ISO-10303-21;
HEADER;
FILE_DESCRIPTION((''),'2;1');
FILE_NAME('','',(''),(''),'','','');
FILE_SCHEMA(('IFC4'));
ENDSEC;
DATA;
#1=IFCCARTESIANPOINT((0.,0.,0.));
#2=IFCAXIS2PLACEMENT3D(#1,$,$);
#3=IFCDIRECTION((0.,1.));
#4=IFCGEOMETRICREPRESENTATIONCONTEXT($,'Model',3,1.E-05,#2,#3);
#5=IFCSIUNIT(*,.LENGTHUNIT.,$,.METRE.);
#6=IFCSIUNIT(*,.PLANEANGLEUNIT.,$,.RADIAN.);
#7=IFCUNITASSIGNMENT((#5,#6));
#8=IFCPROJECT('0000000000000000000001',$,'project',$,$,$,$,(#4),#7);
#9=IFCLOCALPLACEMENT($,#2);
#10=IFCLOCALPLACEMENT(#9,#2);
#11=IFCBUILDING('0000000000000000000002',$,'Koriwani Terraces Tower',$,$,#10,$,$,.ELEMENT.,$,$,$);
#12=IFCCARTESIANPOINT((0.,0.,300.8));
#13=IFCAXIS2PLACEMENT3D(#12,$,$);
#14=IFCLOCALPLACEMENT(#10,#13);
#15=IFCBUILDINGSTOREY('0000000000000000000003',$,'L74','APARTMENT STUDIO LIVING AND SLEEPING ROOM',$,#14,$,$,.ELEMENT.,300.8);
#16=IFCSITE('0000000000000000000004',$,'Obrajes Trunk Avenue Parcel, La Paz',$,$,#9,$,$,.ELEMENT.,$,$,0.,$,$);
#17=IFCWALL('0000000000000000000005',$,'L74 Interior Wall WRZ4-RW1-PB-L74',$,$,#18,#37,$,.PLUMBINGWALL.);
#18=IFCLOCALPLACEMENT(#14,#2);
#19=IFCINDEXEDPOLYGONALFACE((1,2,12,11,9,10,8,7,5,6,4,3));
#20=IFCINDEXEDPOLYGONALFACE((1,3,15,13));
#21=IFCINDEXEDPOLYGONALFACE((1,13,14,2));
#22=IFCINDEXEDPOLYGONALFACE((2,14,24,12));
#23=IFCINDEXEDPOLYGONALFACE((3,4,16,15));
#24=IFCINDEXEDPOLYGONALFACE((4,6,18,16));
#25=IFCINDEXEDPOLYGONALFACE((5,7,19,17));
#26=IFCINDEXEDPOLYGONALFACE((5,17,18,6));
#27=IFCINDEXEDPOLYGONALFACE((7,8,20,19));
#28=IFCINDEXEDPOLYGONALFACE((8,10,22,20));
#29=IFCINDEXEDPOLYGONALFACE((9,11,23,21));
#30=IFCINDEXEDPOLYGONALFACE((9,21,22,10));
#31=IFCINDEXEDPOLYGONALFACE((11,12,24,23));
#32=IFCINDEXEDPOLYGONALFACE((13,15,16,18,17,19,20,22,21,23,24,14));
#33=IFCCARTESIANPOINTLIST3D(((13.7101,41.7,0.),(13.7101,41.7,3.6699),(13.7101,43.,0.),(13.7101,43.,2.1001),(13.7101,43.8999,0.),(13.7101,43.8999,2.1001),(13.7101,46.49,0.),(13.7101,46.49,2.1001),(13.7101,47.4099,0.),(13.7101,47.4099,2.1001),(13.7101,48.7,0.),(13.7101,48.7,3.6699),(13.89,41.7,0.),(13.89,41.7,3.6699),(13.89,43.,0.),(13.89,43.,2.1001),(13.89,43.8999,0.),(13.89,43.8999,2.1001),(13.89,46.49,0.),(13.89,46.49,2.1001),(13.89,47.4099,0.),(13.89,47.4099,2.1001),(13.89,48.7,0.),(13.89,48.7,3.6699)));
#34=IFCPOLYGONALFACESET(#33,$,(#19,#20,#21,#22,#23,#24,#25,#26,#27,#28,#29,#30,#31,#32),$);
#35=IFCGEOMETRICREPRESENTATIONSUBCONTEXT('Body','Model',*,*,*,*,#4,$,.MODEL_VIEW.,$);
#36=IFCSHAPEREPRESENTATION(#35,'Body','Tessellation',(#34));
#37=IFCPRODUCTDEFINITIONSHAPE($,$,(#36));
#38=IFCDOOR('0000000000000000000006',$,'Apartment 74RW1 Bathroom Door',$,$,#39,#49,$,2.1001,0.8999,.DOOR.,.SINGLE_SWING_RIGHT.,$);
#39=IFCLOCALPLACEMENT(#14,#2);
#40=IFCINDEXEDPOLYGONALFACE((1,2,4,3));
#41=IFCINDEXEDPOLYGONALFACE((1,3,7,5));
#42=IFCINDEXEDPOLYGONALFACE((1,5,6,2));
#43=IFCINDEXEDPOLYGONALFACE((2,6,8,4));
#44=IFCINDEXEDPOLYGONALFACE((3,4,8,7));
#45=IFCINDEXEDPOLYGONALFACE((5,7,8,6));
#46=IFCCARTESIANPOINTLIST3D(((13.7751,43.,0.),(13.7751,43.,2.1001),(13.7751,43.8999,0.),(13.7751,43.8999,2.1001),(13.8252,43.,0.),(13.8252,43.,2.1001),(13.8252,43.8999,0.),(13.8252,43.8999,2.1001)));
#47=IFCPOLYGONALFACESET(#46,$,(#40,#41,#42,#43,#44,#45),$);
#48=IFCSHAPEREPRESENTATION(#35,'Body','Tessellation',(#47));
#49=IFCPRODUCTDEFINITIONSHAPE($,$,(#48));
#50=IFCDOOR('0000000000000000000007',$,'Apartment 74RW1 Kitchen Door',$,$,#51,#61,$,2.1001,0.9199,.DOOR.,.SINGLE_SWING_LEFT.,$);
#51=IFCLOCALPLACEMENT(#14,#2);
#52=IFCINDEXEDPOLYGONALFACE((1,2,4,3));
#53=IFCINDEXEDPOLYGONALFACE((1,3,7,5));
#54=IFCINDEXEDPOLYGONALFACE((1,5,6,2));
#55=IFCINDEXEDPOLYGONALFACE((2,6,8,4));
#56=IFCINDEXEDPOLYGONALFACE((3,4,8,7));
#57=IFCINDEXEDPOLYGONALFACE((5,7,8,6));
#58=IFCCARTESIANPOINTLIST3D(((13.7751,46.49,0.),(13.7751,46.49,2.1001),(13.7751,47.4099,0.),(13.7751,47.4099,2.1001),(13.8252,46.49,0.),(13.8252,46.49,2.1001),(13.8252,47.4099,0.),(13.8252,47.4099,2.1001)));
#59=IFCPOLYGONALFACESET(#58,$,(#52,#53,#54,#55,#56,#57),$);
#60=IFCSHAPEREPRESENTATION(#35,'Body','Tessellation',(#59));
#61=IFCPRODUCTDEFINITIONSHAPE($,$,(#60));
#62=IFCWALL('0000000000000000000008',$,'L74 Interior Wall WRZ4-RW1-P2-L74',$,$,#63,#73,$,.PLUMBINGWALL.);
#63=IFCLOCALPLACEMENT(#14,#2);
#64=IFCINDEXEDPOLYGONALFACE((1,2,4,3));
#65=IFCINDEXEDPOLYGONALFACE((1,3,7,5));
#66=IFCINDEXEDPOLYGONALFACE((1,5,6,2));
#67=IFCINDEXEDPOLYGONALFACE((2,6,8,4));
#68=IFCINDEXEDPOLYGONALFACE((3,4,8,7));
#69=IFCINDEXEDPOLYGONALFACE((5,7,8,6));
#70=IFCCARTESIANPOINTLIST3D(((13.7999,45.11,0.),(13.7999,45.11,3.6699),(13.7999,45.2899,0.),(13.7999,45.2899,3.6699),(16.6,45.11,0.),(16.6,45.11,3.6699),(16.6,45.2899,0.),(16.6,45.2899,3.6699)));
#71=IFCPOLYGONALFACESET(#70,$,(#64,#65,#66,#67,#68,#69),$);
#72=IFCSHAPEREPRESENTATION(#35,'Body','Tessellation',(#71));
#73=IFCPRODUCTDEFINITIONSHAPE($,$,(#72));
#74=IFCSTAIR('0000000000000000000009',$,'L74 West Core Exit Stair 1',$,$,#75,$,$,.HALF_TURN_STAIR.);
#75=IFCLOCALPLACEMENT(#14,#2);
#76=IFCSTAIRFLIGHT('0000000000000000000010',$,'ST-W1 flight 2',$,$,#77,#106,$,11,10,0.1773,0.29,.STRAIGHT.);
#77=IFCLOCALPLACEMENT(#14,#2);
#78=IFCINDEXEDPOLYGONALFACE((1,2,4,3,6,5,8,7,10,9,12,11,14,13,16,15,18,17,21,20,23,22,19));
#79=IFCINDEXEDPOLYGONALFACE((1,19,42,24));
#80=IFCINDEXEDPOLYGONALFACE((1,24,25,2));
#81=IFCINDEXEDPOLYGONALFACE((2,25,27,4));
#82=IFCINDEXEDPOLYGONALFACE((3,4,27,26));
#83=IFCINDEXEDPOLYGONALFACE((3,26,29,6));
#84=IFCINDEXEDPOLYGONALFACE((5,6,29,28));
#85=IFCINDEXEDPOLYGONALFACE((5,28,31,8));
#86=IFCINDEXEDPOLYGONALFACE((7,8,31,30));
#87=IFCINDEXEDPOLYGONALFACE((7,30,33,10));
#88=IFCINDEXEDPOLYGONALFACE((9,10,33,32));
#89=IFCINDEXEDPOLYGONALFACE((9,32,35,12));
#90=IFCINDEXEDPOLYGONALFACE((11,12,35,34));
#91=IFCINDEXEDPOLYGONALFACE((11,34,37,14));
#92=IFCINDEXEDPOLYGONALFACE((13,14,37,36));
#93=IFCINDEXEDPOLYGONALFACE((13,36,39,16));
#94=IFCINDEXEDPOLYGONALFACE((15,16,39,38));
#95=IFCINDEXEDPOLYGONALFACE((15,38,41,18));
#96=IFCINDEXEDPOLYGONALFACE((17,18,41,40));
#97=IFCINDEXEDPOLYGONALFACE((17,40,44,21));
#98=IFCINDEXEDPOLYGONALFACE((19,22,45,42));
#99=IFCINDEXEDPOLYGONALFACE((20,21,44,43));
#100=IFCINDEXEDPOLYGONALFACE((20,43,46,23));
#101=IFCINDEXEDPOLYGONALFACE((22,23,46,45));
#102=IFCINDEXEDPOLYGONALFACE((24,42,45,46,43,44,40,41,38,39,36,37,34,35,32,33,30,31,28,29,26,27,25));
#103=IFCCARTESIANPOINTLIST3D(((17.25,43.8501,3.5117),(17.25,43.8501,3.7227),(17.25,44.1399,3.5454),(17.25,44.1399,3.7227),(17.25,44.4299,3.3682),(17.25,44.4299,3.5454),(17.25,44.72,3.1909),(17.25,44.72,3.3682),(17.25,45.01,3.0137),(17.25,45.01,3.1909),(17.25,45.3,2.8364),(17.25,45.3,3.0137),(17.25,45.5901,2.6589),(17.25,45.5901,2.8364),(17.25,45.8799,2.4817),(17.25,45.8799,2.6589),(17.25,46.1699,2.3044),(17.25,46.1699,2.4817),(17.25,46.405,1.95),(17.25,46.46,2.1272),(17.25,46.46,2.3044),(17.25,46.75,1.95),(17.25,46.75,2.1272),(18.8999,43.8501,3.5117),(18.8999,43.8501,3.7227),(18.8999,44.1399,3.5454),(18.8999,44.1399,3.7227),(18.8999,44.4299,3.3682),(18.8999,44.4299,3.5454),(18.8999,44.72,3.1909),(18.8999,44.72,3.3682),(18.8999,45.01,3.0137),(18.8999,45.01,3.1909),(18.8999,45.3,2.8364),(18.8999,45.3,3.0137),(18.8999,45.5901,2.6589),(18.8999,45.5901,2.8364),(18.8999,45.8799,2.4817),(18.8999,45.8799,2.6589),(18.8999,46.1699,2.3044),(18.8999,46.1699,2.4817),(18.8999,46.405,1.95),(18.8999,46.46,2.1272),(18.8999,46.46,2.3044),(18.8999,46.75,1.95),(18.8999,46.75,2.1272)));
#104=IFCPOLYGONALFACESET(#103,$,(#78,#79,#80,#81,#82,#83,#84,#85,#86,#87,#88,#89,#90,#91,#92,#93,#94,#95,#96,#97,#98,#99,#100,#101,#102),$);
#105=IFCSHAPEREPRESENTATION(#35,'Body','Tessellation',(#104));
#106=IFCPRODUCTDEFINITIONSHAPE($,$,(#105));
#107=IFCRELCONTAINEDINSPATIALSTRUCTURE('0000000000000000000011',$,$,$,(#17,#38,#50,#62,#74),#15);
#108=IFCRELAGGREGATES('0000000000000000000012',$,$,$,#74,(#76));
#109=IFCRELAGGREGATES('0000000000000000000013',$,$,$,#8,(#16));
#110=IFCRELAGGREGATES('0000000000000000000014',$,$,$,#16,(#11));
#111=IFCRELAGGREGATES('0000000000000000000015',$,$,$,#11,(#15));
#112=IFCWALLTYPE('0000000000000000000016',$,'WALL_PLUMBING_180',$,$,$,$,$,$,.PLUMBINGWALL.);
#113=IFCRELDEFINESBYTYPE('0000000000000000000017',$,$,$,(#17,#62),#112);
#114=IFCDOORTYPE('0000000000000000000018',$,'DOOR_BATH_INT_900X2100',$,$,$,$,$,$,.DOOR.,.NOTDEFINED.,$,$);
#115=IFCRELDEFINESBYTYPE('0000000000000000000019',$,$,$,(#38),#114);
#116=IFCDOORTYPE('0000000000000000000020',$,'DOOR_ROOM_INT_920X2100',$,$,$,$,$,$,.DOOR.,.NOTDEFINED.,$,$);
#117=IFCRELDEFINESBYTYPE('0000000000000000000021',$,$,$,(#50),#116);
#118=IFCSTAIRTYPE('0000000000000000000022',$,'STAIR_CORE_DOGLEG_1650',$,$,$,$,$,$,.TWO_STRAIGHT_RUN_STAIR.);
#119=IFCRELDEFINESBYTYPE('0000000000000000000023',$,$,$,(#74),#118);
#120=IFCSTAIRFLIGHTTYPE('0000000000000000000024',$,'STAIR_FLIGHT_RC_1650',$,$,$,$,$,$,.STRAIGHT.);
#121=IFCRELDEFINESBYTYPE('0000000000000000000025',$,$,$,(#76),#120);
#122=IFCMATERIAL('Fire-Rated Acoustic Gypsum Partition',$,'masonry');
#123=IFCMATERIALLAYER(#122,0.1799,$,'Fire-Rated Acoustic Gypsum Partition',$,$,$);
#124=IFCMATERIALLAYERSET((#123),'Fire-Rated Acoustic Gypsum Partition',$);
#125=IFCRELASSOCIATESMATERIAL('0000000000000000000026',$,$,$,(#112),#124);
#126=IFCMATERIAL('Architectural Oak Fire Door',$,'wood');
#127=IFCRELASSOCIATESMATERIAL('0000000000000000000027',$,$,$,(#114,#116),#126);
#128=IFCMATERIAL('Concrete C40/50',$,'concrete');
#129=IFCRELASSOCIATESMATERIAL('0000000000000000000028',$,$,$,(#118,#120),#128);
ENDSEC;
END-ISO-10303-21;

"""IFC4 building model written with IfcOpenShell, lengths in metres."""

from ifc_helpers import new_model, si_unit, direction, frame, frame_2d, origin, place, context, subcontext, project, spatial, polyline, rectangle, outline, extrude, material, layer, layer_set, type_object, element, fill, aggregate, save


model = new_model("IFC4")

# Units and contexts
model_context = context("Model", 3, precision=1e-05, world=origin(), true_north=direction((0.0, 1.0)))
body_context = subcontext(model_context, "Body", "Model", "MODEL_VIEW")
ifc_project = project(units=[si_unit("LENGTHUNIT", "METRE"), si_unit("PLANEANGLEUNIT", "RADIAN")], contexts=[model_context])

# Site, building, storey
site_placement = place(None, origin())
site = spatial("IfcSite", under=ifc_project, at=site_placement, Name="Obrajes Trunk Avenue Parcel, La Paz", CompositionType="ELEMENT", RefElevation=0.0)
building_placement = place(site_placement, origin())
building = spatial("IfcBuilding", under=site, at=building_placement, Name="Koriwani Terraces Tower", CompositionType="ELEMENT")
storey_placement = place(building_placement, frame((0.0, 0.0, 300.8)))
storey = spatial("IfcBuildingStorey", under=building, at=storey_placement, Name="L74", Description="APARTMENT STUDIO LIVING AND SLEEPING ROOM", CompositionType="ELEMENT", Elevation=300.8)

# Shared definitions
ifc_material_1 = material(Name="Concrete C40/50", Category="concrete")

# Shared definitions
ifc_material_2 = material(Name="Architectural Oak Fire Door", Category="wood")

# Wall, openings, doors
ifc_material_3 = material(Name="Fire-Rated Acoustic Gypsum Partition", Category="masonry")
ifc_layer_1 = layer(ifc_material_3, 0.1799, Name="Fire-Rated Acoustic Gypsum Partition")
ifc_layer_set_1 = layer_set([ifc_layer_1], Name="Fire-Rated Acoustic Gypsum Partition")
wall_type_1 = type_object("IfcWallType", Name="WALL_PLUMBING_180", PredefinedType="PLUMBINGWALL", material=ifc_layer_set_1)
wall_1_placement = place(storey_placement, frame((13.8, 41.7, 0.0), z_axis=(0.0, 0.0, 1.0), x_axis=(0.0, 1.0, 0.0)))
wall_1 = element("IfcWall", 1, at=wall_1_placement, inside=storey, type_object=wall_type_1, Name="L74 Interior Wall WRZ4-RW1-PB-L74", PredefinedType="PLUMBINGWALL", context=body_context, shape_type="SweptSolid", body=[
    extrude(rectangle(XDim=7.0, YDim=0.1799, at=frame_2d((3.5, 0.0))), origin(), (0.0, 0.0, 1.0), 3.6699),
])
opening_1_placement = place(wall_1_placement, frame((1.3, 0.0, 0.0)))
opening_1 = element("IfcOpeningElement", 2, at=opening_1_placement, cuts=wall_1, PredefinedType="OPENING", context=body_context, shape_type="SweptSolid", body=[
    extrude(rectangle(XDim=0.8999, YDim=2.1001, at=frame_2d((0.45, 1.05))), frame((0.0, 0.1001, 0.0), z_axis=(0.0, -1.0, 0.0), x_axis=(1.0, 0.0, 0.0)), (0.0, 0.0, 1.0), 0.2),
])
opening_2_placement = place(wall_1_placement, frame((4.79, 0.0, 0.0)))
opening_2 = element("IfcOpeningElement", 3, at=opening_2_placement, cuts=wall_1, PredefinedType="OPENING", context=body_context, shape_type="SweptSolid", body=[
    extrude(rectangle(XDim=0.9199, YDim=2.1001, at=frame_2d((0.46, 1.05))), frame((0.0, 0.1001, 0.0), z_axis=(0.0, -1.0, 0.0), x_axis=(1.0, 0.0, 0.0)), (0.0, 0.0, 1.0), 0.2),
])
door_type_1 = type_object("IfcDoorType", Name="DOOR_BATH_INT_900X2100", OperationType="NOTDEFINED", PredefinedType="DOOR", material=ifc_material_2)
door_1_placement = place(opening_1_placement, origin())
door_1 = element("IfcDoor", 4, at=door_1_placement, inside=storey, type_object=door_type_1, Name="Apartment 74RW1 Bathroom Door", OperationType="SINGLE_SWING_RIGHT", OverallHeight=2.1001, OverallWidth=0.8999, PredefinedType="DOOR", context=body_context, shape_type="SweptSolid", body=[
    extrude(rectangle(XDim=0.8999, YDim=2.1001, at=frame_2d((0.45, 1.05))), frame((0.0, 0.0249, 0.0), z_axis=(0.0, -1.0, 0.0), x_axis=(1.0, 0.0, 0.0)), (0.0, 0.0, 1.0), 0.05),
])
fill(opening_1, door_1)
door_type_2 = type_object("IfcDoorType", Name="DOOR_ROOM_INT_920X2100", OperationType="NOTDEFINED", PredefinedType="DOOR", material=ifc_material_2)
door_2_placement = place(opening_2_placement, origin())
door_2 = element("IfcDoor", 5, at=door_2_placement, inside=storey, type_object=door_type_2, Name="Apartment 74RW1 Kitchen Door", OperationType="SINGLE_SWING_LEFT", OverallHeight=2.1001, OverallWidth=0.9199, PredefinedType="DOOR", context=body_context, shape_type="SweptSolid", body=[
    extrude(rectangle(XDim=0.9199, YDim=2.1001, at=frame_2d((0.46, 1.05))), frame((0.0, 0.0249, 0.0), z_axis=(0.0, -1.0, 0.0), x_axis=(1.0, 0.0, 0.0)), (0.0, 0.0, 1.0), 0.05),
])
fill(opening_2, door_2)

# Wall
wall_2_placement = place(storey_placement, frame((13.8, 45.2, 0.0), z_axis=(0.0, 0.0, 1.0), x_axis=(1.0, 0.0, 0.0)))
element("IfcWall", 6, at=wall_2_placement, inside=storey, type_object=wall_type_1, Name="L74 Interior Wall WRZ4-RW1-P2-L74", PredefinedType="PLUMBINGWALL", context=body_context, shape_type="SweptSolid", body=[
    extrude(rectangle(XDim=2.8, YDim=0.1799, at=frame_2d((1.3999, 0.0))), origin(), (0.0, 0.0, 1.0), 3.6699),
])

# Stair, stair flight
stair_type = type_object("IfcStairType", Name="STAIR_CORE_DOGLEG_1650", PredefinedType="TWO_STRAIGHT_RUN_STAIR", material=ifc_material_1)
stair_placement = place(storey_placement, origin())
stair = element("IfcStair", 7, at=stair_placement, inside=storey, type_object=stair_type, Name="L74 West Core Exit Stair 1", PredefinedType="HALF_TURN_STAIR")
stair_flight_type = type_object("IfcStairFlightType", Name="STAIR_FLIGHT_RC_1650", PredefinedType="STRAIGHT", material=ifc_material_1)
stair_flight_placement = place(storey_placement, frame((18.075, 46.75, 1.95), z_axis=(0.0, 0.0, 1.0), x_axis=(0.0, -1.0, 0.0)))
stair_flight = element("IfcStairFlight", 8, at=stair_flight_placement, type_object=stair_flight_type, Name="ST-W1 flight 2", NumberOfRisers=11, NumberOfTreads=10, PredefinedType="STRAIGHT", RiserHeight=0.1773, TreadLength=0.29, context=body_context, shape_type="SweptSolid", body=[
    extrude(outline(polyline([(0.0, 0.0), (0.0, 0.1772), (0.29, 0.1772), (0.29, 0.3545), (0.5801, 0.3545), (0.5801, 0.5317), (0.8701, 0.5317), (0.8701, 0.709), (1.1599, 0.709), (1.1599, 0.8865), (1.45, 0.8865), (1.45, 1.0637), (1.74, 1.0637), (1.74, 1.241), (2.03, 1.241), (2.03, 1.4182), (2.3201, 1.4182), (2.3201, 1.5955), (2.6101, 1.5955), (2.6101, 1.7727), (2.8999, 1.7727), (2.8999, 1.95), (2.8999, 1.5618), (0.345, 0.0), (0.0, 0.0)])), frame((0.0, 0.825, 0.0), z_axis=(0.0, -1.0, 0.0), x_axis=(1.0, 0.0, 0.0)), (0.0, 0.0, 1.0), 1.6499),
])
aggregate(stair, [stair_flight])

save(model, "model.ifc")
